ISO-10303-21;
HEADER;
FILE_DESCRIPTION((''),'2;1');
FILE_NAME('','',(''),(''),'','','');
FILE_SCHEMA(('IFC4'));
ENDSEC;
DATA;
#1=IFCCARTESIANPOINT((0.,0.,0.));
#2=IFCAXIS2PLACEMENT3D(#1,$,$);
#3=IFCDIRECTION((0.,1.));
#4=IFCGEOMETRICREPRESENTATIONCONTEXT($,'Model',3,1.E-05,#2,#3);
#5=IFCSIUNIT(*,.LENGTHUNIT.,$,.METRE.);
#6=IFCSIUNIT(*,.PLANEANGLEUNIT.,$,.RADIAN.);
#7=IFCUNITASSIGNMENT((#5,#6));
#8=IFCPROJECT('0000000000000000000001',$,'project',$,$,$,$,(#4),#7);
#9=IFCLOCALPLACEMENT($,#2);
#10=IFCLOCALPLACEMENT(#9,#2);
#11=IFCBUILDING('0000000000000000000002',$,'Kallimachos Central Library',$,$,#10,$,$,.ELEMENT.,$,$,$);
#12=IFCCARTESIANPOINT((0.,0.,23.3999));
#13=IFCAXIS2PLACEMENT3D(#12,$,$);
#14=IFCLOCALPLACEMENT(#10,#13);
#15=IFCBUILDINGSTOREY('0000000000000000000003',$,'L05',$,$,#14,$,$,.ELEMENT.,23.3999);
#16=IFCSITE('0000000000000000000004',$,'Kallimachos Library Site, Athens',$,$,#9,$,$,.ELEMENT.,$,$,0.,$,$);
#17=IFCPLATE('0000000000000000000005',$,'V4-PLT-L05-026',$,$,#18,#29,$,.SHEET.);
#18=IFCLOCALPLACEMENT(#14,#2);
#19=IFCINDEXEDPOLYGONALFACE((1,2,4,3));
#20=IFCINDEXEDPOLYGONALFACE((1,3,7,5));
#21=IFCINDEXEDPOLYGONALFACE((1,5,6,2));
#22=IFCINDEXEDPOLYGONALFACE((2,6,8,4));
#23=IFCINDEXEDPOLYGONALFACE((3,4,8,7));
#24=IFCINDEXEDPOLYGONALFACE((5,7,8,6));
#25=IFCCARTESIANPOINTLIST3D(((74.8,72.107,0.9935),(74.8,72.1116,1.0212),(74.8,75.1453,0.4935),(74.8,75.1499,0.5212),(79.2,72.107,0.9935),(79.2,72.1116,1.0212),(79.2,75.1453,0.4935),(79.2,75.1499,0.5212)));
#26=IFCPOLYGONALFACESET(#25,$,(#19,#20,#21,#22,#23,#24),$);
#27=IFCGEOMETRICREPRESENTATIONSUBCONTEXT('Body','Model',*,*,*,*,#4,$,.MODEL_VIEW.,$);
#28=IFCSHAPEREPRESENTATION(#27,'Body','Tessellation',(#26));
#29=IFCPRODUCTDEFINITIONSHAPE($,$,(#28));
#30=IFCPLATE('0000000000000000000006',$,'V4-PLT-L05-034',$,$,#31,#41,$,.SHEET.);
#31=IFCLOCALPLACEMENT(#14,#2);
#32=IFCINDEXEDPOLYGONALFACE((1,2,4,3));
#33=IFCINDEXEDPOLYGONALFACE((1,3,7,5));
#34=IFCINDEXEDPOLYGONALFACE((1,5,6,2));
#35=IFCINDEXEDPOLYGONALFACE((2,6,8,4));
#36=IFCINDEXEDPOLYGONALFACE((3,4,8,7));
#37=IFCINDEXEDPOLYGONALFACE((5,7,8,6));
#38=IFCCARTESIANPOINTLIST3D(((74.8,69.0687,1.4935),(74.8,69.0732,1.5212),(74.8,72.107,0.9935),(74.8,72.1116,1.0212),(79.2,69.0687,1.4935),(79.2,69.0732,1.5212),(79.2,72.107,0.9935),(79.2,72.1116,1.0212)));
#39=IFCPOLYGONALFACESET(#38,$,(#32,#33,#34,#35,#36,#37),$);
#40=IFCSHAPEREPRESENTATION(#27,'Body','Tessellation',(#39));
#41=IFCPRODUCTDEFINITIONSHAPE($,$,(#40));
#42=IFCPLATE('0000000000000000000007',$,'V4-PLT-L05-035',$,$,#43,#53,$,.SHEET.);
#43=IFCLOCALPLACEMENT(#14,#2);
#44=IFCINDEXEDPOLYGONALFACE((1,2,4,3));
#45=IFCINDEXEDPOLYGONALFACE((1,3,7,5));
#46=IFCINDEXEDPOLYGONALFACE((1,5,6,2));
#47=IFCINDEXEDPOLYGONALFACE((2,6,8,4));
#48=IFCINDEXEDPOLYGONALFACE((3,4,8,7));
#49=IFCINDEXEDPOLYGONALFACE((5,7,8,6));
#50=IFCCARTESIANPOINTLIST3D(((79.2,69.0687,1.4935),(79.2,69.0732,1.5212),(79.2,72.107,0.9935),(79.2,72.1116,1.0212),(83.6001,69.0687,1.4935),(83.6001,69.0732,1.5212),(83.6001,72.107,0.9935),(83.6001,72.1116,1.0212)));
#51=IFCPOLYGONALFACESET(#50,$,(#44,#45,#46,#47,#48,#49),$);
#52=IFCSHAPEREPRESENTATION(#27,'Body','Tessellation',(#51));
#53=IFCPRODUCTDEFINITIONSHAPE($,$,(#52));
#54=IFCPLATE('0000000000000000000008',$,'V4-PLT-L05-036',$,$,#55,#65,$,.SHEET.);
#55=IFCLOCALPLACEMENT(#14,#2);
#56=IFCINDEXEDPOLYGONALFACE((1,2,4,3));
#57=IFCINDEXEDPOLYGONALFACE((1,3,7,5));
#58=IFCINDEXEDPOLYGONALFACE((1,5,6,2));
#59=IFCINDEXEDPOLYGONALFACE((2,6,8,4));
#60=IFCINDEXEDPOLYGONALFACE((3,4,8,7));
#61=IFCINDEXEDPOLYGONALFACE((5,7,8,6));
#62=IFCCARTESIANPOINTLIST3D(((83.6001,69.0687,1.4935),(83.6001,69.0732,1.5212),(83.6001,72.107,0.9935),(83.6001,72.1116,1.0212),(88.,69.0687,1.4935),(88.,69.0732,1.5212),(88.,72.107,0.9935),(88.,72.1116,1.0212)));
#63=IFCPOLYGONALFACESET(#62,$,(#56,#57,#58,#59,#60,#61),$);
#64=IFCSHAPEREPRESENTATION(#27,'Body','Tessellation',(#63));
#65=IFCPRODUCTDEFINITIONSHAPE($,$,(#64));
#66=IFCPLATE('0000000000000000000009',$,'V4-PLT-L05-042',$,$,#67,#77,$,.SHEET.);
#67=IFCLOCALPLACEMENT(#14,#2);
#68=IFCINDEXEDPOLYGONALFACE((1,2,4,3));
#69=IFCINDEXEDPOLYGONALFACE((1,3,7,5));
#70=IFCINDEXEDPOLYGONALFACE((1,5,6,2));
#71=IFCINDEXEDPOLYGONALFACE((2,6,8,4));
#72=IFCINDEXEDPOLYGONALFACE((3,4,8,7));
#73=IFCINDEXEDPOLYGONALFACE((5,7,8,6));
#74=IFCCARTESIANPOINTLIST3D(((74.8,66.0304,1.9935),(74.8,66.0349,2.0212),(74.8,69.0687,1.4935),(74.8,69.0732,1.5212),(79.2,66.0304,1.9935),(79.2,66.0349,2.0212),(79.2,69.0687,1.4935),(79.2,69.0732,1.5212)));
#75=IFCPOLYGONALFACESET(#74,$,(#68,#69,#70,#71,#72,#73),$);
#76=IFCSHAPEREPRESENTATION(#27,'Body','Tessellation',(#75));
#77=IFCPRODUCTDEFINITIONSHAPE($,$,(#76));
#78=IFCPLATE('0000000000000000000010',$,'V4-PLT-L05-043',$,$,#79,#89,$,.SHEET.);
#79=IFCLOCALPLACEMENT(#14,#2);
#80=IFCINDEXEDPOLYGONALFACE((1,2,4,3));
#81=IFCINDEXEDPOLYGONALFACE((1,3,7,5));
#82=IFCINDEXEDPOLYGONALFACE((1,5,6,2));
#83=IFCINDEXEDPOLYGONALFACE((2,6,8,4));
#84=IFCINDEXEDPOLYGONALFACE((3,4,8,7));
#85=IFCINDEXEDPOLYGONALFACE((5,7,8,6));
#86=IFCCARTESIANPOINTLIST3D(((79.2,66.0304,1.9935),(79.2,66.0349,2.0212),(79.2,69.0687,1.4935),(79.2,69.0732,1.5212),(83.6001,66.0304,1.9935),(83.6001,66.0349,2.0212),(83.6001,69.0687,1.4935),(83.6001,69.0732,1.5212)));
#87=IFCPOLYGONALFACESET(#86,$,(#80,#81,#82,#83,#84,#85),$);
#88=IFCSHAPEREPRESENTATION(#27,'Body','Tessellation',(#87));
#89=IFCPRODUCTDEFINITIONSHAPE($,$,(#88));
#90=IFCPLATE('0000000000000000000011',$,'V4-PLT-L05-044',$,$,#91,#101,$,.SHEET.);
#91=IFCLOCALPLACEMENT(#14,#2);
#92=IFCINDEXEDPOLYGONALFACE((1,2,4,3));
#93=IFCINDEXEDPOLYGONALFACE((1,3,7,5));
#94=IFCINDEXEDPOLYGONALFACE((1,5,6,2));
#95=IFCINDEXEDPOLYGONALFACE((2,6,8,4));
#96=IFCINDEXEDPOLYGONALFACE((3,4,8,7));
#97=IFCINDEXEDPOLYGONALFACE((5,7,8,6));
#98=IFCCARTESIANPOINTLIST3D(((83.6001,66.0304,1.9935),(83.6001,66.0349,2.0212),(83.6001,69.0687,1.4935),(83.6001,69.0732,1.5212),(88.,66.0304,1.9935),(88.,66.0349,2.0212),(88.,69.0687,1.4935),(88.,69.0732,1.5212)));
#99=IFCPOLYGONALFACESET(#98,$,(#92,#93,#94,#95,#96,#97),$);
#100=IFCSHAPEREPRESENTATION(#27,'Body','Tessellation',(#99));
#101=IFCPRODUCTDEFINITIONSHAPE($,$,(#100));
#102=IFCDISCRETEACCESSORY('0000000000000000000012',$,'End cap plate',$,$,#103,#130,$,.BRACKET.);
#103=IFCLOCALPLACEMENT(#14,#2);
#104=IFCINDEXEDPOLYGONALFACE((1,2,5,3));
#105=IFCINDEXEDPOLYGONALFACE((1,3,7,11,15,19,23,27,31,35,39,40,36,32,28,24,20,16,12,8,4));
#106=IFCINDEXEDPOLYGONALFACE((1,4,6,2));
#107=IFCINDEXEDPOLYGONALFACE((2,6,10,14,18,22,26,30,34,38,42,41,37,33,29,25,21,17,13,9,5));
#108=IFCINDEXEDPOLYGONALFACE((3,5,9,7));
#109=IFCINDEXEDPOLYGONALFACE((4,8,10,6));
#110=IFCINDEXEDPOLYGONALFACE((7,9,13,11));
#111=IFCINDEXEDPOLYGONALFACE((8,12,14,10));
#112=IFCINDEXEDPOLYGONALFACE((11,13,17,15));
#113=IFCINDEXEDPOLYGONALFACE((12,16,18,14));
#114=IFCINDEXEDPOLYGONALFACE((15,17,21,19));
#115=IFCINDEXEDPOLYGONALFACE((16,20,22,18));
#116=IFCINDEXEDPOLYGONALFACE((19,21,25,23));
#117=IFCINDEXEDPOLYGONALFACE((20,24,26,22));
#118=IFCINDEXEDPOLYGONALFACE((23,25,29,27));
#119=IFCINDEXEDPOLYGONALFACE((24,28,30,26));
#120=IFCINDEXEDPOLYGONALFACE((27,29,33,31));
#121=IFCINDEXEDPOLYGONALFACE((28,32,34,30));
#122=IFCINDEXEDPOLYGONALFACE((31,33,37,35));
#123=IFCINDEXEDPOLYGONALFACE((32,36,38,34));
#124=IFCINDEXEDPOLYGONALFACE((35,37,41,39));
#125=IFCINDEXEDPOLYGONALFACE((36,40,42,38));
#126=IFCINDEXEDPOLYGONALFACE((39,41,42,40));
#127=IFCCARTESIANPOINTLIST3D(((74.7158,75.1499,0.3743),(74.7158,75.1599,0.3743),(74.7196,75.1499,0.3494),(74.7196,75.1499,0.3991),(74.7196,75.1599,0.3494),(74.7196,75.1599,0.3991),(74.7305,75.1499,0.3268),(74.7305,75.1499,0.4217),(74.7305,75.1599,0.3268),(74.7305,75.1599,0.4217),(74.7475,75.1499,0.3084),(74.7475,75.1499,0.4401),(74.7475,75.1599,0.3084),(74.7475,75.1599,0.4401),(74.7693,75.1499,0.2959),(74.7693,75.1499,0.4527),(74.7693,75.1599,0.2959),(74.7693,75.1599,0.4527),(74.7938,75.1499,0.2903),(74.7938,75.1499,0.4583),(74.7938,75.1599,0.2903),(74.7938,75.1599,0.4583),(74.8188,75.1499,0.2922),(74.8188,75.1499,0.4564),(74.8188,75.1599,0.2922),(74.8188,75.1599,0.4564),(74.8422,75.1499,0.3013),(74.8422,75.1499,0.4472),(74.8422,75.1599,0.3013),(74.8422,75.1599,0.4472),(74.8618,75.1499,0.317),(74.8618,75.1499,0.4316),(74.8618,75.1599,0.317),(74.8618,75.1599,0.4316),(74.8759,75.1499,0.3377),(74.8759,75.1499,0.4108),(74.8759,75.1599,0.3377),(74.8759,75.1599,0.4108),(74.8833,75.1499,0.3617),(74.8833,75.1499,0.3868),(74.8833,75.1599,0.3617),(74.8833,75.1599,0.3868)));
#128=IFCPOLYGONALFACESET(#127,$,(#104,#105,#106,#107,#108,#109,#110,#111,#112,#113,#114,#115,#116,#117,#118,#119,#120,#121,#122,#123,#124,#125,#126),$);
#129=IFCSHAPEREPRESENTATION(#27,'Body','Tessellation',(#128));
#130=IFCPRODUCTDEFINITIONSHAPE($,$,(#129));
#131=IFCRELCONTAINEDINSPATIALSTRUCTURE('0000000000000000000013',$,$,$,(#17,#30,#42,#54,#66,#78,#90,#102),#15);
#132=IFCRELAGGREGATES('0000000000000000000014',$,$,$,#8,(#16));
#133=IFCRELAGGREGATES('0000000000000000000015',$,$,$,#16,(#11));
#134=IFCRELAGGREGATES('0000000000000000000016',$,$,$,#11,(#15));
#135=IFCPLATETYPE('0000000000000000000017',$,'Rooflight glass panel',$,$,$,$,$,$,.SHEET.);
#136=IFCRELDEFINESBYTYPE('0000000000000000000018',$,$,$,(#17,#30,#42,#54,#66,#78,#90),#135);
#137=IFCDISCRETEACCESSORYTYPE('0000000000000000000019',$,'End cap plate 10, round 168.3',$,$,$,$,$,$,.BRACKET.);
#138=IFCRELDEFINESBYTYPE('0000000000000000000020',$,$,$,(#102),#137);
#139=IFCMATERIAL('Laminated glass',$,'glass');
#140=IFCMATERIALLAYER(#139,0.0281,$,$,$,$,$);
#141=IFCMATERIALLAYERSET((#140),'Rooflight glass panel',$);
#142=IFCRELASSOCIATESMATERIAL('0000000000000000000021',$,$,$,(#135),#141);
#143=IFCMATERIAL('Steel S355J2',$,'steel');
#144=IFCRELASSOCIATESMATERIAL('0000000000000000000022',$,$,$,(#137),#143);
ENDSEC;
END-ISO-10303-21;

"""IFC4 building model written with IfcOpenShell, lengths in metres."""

from ifc_helpers import new_model, si_unit, direction, frame, origin, origin_2d, place, context, subcontext, project, spatial, polyline, circle, outline, extrude, material, layer, layer_set, material_profile, profile_set, type_object, element, save


model = new_model("IFC4")

# Units and contexts
model_context = context("Model", 3, precision=1e-05, world=origin(), true_north=direction((0.0, 1.0)))
body_context = subcontext(model_context, "Body", "Model", "MODEL_VIEW")
ifc_project = project(units=[si_unit("LENGTHUNIT", "METRE"), si_unit("PLANEANGLEUNIT", "RADIAN")], contexts=[model_context])

# Site, building, storey
site_placement = place(None, origin())
site = spatial("IfcSite", under=ifc_project, at=site_placement, Name="Kallimachos Library Site, Athens", CompositionType="ELEMENT", RefElevation=0.0)
building_placement = place(site_placement, origin())
building = spatial("IfcBuilding", under=site, at=building_placement, Name="Kallimachos Central Library", CompositionType="ELEMENT")
storey_placement = place(building_placement, frame((0.0, 0.0, 23.3999)))
storey = spatial("IfcBuildingStorey", under=building, at=storey_placement, Name="L05", CompositionType="ELEMENT", Elevation=23.3999)

# Plates
ifc_material_1 = material(Name="Laminated glass", Category="glass")
ifc_layer = layer(ifc_material_1, 0.0281)
ifc_layer_set = layer_set([ifc_layer], Name="Rooflight glass panel")
plate_type = type_object("IfcPlateType", Name="Rooflight glass panel", PredefinedType="SHEET", material=ifc_layer_set)
for number, where, z_axis, x_axis, name in (
    (1, (74.8, 75.1499, 0.5212), (0.0, 0.16238, 0.986728), (1.0, 0.0, 0.0), "V4-PLT-L05-026"),
    (2, (74.8, 72.1116, 1.0212), (0.0, 0.16238, 0.986728), (1.0, 0.0, 0.0), "V4-PLT-L05-034"),
):
    element("IfcPlate", number, at=place(storey_placement, frame(where, z_axis=z_axis, x_axis=x_axis)), inside=storey, type_object=plate_type, Name=name, PredefinedType="SHEET", context=body_context, shape_type="SweptSolid", body=[
        extrude(outline(polyline([(0.0, 0.0), (4.3999, 0.0), (4.3999, -3.0792), (0.0, -3.0792), (0.0, 0.0)])), origin(), (0.0, 0.0, -1.0), 0.0281),
    ])
plate_1_placement = place(storey_placement, frame((79.2, 72.1116, 1.0212), z_axis=(0.0, 0.16238, 0.986728), x_axis=(1.0, 0.0, 0.0)))
element("IfcPlate", 3, at=plate_1_placement, inside=storey, type_object=plate_type, Name="V4-PLT-L05-035", PredefinedType="SHEET", context=body_context, shape_type="SweptSolid", body=[
    extrude(outline(polyline([(0.0, 0.0), (4.4001, 0.0), (4.4001, -3.0792), (0.0, -3.0792), (0.0, 0.0)])), origin(), (0.0, 0.0, -1.0), 0.0281),
])
for number, where, z_axis, x_axis, name in (
    (4, (83.6001, 72.1116, 1.0212), (0.0, 0.16238, 0.986728), (1.0, 0.0, 0.0), "V4-PLT-L05-036"),
    (5, (74.8, 69.0732, 1.5212), (0.0, 0.16238, 0.986728), (1.0, 0.0, 0.0), "V4-PLT-L05-042"),
):
    element("IfcPlate", number, at=place(storey_placement, frame(where, z_axis=z_axis, x_axis=x_axis)), inside=storey, type_object=plate_type, Name=name, PredefinedType="SHEET", context=body_context, shape_type="SweptSolid", body=[
        extrude(outline(polyline([(0.0, 0.0), (4.3999, 0.0), (4.3999, -3.0792), (0.0, -3.0792), (0.0, 0.0)])), origin(), (0.0, 0.0, -1.0), 0.0281),
    ])
plate_2_placement = place(storey_placement, frame((79.2, 69.0732, 1.5212), z_axis=(0.0, 0.16238, 0.986728), x_axis=(1.0, 0.0, 0.0)))
element("IfcPlate", 6, at=plate_2_placement, inside=storey, type_object=plate_type, Name="V4-PLT-L05-043", PredefinedType="SHEET", context=body_context, shape_type="SweptSolid", body=[
    extrude(outline(polyline([(0.0, 0.0), (4.4001, 0.0), (4.4001, -3.0792), (0.0, -3.0792), (0.0, 0.0)])), origin(), (0.0, 0.0, -1.0), 0.0281),
])
plate_3_placement = place(storey_placement, frame((83.6001, 69.0732, 1.5212), z_axis=(0.0, 0.16238, 0.986728), x_axis=(1.0, 0.0, 0.0)))
element("IfcPlate", 7, at=plate_3_placement, inside=storey, type_object=plate_type, Name="V4-PLT-L05-044", PredefinedType="SHEET", context=body_context, shape_type="SweptSolid", body=[
    extrude(outline(polyline([(0.0, 0.0), (4.3999, 0.0), (4.3999, -3.0792), (0.0, -3.0792), (0.0, 0.0)])), origin(), (0.0, 0.0, -1.0), 0.0281),
])

# Discrete accessory
ifc_material_2 = material(Name="Steel S355J2", Category="steel")
ifc_material_profile_1 = material_profile(ifc_material_2, circle(Radius=0.0842, at=origin_2d()), Name="End cap plate 10, round 168.3")
ifc_profile_set_1 = profile_set([ifc_material_profile_1], Name="Steel S355J2")
discrete_accessory_type = type_object("IfcDiscreteAccessoryType", Name="End cap plate 10, round 168.3", PredefinedType="BRACKET", material=ifc_profile_set_1)
discrete_accessory_placement = place(storey_placement, frame((74.8, 75.1499, 0.3743), z_axis=(0.0, 1.0, 0.0), x_axis=(-1.0, 0.0, 0.0)))
element("IfcDiscreteAccessory", 8, at=discrete_accessory_placement, inside=storey, type_object=discrete_accessory_type, Name="End cap plate", PredefinedType="BRACKET", context=body_context, shape_type="SweptSolid", body=[
    extrude(circle(Radius=0.0842, at=origin_2d()), origin(), (0.0, 0.0, 1.0), 0.01),
])

save(model, "model.ifc")
